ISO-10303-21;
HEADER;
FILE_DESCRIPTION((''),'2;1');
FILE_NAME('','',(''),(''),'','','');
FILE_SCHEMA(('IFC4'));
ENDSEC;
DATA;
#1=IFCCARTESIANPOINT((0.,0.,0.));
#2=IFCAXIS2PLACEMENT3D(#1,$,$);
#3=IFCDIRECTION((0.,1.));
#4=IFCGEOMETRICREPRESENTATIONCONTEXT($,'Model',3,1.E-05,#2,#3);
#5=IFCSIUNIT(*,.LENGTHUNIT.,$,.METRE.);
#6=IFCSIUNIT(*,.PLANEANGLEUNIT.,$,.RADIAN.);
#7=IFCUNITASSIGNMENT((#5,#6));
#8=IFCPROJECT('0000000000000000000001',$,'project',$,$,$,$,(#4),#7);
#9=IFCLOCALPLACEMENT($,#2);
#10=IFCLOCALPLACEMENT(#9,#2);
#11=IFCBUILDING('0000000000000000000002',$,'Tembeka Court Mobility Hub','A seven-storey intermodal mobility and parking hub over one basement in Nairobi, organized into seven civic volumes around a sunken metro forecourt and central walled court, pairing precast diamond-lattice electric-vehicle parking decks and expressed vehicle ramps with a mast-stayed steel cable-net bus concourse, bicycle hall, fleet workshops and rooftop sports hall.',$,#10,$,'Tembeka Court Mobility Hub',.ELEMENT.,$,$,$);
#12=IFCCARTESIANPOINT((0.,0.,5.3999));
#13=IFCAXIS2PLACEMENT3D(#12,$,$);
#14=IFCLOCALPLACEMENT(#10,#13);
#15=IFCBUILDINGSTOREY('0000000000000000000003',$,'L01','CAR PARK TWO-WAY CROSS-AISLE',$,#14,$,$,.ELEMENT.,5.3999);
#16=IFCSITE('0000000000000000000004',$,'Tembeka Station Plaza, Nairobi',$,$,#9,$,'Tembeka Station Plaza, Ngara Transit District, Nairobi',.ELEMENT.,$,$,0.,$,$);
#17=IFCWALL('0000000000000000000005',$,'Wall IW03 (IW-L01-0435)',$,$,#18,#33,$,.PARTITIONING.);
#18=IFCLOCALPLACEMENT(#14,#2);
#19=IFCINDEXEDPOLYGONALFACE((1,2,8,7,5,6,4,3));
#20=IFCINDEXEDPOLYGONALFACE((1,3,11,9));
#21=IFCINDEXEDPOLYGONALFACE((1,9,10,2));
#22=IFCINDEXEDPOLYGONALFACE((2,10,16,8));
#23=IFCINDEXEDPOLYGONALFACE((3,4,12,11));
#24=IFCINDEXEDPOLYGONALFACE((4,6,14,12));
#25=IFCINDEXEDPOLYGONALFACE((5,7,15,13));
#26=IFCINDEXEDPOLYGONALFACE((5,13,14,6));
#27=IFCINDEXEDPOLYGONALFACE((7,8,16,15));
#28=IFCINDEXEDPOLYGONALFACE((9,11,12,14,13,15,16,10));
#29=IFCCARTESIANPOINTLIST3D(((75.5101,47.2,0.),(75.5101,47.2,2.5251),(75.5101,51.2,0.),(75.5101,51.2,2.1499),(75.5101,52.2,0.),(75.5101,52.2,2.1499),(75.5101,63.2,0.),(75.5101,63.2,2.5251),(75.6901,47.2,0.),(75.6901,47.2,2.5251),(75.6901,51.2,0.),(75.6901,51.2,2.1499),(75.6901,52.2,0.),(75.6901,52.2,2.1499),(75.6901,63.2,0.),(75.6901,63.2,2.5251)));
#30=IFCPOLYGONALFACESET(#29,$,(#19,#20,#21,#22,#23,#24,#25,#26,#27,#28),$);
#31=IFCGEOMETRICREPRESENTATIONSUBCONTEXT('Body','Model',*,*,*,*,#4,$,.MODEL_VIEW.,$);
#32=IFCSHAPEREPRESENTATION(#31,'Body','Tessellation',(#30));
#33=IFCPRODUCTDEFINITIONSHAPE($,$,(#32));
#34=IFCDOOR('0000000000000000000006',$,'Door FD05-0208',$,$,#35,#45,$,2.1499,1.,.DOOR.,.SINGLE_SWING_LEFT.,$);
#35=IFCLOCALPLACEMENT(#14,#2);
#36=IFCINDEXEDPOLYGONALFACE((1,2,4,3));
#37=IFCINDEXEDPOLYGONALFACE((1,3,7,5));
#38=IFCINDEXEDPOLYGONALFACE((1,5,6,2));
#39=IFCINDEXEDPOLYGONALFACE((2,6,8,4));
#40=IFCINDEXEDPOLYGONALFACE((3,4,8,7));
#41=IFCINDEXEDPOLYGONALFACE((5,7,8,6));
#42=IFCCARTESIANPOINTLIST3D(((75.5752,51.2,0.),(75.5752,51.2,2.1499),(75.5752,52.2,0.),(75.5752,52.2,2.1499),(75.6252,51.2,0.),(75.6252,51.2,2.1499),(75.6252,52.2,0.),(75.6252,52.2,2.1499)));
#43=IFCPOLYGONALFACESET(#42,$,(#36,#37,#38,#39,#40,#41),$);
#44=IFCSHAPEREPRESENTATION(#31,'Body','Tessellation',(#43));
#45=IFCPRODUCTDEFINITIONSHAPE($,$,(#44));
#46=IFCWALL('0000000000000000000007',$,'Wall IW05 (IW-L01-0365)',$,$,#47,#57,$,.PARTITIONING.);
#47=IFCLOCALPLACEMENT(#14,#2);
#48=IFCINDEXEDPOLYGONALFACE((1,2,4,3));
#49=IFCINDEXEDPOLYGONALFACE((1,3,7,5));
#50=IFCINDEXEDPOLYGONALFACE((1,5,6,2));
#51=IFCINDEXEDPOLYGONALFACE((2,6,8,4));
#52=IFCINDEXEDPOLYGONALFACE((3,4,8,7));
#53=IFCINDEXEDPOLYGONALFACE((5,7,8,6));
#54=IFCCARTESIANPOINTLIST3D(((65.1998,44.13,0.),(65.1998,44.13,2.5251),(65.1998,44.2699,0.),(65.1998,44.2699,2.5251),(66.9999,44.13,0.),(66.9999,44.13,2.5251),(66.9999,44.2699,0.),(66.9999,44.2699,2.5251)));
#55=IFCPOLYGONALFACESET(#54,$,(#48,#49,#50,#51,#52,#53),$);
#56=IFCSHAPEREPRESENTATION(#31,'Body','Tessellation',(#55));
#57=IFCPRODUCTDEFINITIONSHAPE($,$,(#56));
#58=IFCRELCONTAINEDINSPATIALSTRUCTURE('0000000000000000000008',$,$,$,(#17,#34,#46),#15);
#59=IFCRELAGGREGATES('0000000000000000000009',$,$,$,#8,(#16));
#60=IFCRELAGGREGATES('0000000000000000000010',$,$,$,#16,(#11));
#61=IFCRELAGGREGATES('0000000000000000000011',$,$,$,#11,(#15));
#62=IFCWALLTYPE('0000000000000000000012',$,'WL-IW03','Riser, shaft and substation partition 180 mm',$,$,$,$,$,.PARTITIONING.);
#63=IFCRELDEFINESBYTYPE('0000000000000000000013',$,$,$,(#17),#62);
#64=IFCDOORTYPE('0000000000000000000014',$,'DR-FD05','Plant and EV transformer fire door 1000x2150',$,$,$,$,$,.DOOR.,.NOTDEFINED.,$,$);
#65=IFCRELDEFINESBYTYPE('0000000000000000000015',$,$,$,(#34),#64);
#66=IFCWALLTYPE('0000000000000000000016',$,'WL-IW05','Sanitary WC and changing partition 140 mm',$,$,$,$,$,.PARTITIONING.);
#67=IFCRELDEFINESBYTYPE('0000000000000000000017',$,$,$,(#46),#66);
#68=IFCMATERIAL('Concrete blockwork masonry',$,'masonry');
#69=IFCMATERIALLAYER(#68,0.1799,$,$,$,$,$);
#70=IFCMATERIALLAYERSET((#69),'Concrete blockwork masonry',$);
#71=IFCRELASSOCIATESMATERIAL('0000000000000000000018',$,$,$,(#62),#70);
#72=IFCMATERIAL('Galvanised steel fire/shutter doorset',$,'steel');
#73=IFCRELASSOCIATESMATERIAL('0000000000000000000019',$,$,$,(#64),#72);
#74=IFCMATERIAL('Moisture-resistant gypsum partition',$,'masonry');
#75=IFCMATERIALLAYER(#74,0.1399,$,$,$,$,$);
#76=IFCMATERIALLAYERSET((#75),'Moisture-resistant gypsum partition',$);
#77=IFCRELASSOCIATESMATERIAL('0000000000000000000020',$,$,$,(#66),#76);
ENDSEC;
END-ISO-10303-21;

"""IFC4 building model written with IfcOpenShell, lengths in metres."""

from ifc_helpers import new_model, si_unit, direction, frame, frame_2d, origin, place, context, subcontext, project, spatial, rectangle, extrude, material, layer, layer_set, type_object, element, fill, save


model = new_model("IFC4")

# Units and contexts
model_context = context("Model", 3, precision=1e-05, world=origin(), true_north=direction((0.0, 1.0)))
body_context = subcontext(model_context, "Body", "Model", "MODEL_VIEW")
ifc_project = project(units=[si_unit("LENGTHUNIT", "METRE"), si_unit("PLANEANGLEUNIT", "RADIAN")], contexts=[model_context])

# Site, building, storey
site_placement = place(None, origin())
site = spatial("IfcSite", under=ifc_project, at=site_placement, Name="Tembeka Station Plaza, Nairobi", LongName="Tembeka Station Plaza, Ngara Transit District, Nairobi", CompositionType="ELEMENT", RefElevation=0.0)
building_placement = place(site_placement, origin())
building = spatial("IfcBuilding", under=site, at=building_placement, Name="Tembeka Court Mobility Hub", Description="A seven-storey intermodal mobility and parking hub over one basement in Nairobi, organized into seven civic volumes around a sunken metro forecourt and central walled court, pairing precast diamond-lattice electric-vehicle parking decks and expressed vehicle ramps with a mast-stayed steel cable-net bus concourse, bicycle hall, fleet workshops and rooftop sports hall.", LongName="Tembeka Court Mobility Hub", CompositionType="ELEMENT")
storey_placement = place(building_placement, frame((0.0, 0.0, 5.3999)))
storey = spatial("IfcBuildingStorey", under=building, at=storey_placement, Name="L01", Description="CAR PARK TWO-WAY CROSS-AISLE", CompositionType="ELEMENT", Elevation=5.3999)

# Shared definitions
ifc_material_1 = material(Name="Concrete blockwork masonry", Category="masonry")

# Wall, opening, door
ifc_layer_1 = layer(ifc_material_1, 0.1799)
ifc_layer_set_1 = layer_set([ifc_layer_1], Name="Concrete blockwork masonry")
wall_type_1 = type_object("IfcWallType", Name="WL-IW03", Description="Riser, shaft and substation partition 180 mm", PredefinedType="PARTITIONING", material=ifc_layer_set_1)
wall_1_placement = place(storey_placement, frame((75.6001, 47.2, 0.0), z_axis=(0.0, 0.0, 1.0), x_axis=(0.0, 1.0, 0.0)))
wall_1 = element("IfcWall", 1, at=wall_1_placement, inside=storey, type_object=wall_type_1, Name="Wall IW03 (IW-L01-0435)", PredefinedType="PARTITIONING", context=body_context, shape_type="SweptSolid", body=[
    extrude(rectangle(XDim=16.0, YDim=0.1799, at=frame_2d((8.0, 0.0))), origin(), (0.0, 0.0, 1.0), 2.5251),
])
opening_placement = place(wall_1_placement, frame((4.0, 0.0, 0.0)))
opening = element("IfcOpeningElement", 2, at=opening_placement, cuts=wall_1, PredefinedType="OPENING", context=body_context, shape_type="SweptSolid", body=[
    extrude(rectangle(XDim=1.0, YDim=2.1499, at=frame_2d((0.5, 1.075))), frame((0.0, 0.1001, 0.0), z_axis=(0.0, -1.0, 0.0), x_axis=(1.0, 0.0, 0.0)), (0.0, 0.0, 1.0), 0.2),
])
ifc_material_2 = material(Name="Galvanised steel fire/shutter doorset", Category="steel")
door_type = type_object("IfcDoorType", Name="DR-FD05", Description="Plant and EV transformer fire door 1000x2150", OperationType="NOTDEFINED", PredefinedType="DOOR", material=ifc_material_2)
door_placement = place(opening_placement, origin())
door = element("IfcDoor", 3, at=door_placement, inside=storey, type_object=door_type, Name="Door FD05-0208", OperationType="SINGLE_SWING_LEFT", OverallHeight=2.1499, OverallWidth=1.0, PredefinedType="DOOR", context=body_context, shape_type="SweptSolid", body=[
    extrude(rectangle(XDim=1.0, YDim=2.1499, at=frame_2d((0.5, 1.075))), frame((0.0, 0.0249, 0.0), z_axis=(0.0, -1.0, 0.0), x_axis=(1.0, 0.0, 0.0)), (0.0, 0.0, 1.0), 0.05),
])
fill(opening, door)

# Wall
ifc_material_3 = material(Name="Moisture-resistant gypsum partition", Category="masonry")
ifc_layer_2 = layer(ifc_material_3, 0.1399)
ifc_layer_set_2 = layer_set([ifc_layer_2], Name="Moisture-resistant gypsum partition")
wall_type_2 = type_object("IfcWallType", Name="WL-IW05", Description="Sanitary WC and changing partition 140 mm", PredefinedType="PARTITIONING", material=ifc_layer_set_2)
wall_2_placement = place(storey_placement, frame((65.2, 44.2, 0.0), z_axis=(0.0, 0.0, 1.0), x_axis=(1.0, 0.0, 0.0)))
element("IfcWall", 4, at=wall_2_placement, inside=storey, type_object=wall_type_2, Name="Wall IW05 (IW-L01-0365)", PredefinedType="PARTITIONING", context=body_context, shape_type="SweptSolid", body=[
    extrude(rectangle(XDim=1.8, YDim=0.1399, at=frame_2d((0.8999, 0.0))), origin(), (0.0, 0.0, 1.0), 2.5251),
])

save(model, "model.ifc")
